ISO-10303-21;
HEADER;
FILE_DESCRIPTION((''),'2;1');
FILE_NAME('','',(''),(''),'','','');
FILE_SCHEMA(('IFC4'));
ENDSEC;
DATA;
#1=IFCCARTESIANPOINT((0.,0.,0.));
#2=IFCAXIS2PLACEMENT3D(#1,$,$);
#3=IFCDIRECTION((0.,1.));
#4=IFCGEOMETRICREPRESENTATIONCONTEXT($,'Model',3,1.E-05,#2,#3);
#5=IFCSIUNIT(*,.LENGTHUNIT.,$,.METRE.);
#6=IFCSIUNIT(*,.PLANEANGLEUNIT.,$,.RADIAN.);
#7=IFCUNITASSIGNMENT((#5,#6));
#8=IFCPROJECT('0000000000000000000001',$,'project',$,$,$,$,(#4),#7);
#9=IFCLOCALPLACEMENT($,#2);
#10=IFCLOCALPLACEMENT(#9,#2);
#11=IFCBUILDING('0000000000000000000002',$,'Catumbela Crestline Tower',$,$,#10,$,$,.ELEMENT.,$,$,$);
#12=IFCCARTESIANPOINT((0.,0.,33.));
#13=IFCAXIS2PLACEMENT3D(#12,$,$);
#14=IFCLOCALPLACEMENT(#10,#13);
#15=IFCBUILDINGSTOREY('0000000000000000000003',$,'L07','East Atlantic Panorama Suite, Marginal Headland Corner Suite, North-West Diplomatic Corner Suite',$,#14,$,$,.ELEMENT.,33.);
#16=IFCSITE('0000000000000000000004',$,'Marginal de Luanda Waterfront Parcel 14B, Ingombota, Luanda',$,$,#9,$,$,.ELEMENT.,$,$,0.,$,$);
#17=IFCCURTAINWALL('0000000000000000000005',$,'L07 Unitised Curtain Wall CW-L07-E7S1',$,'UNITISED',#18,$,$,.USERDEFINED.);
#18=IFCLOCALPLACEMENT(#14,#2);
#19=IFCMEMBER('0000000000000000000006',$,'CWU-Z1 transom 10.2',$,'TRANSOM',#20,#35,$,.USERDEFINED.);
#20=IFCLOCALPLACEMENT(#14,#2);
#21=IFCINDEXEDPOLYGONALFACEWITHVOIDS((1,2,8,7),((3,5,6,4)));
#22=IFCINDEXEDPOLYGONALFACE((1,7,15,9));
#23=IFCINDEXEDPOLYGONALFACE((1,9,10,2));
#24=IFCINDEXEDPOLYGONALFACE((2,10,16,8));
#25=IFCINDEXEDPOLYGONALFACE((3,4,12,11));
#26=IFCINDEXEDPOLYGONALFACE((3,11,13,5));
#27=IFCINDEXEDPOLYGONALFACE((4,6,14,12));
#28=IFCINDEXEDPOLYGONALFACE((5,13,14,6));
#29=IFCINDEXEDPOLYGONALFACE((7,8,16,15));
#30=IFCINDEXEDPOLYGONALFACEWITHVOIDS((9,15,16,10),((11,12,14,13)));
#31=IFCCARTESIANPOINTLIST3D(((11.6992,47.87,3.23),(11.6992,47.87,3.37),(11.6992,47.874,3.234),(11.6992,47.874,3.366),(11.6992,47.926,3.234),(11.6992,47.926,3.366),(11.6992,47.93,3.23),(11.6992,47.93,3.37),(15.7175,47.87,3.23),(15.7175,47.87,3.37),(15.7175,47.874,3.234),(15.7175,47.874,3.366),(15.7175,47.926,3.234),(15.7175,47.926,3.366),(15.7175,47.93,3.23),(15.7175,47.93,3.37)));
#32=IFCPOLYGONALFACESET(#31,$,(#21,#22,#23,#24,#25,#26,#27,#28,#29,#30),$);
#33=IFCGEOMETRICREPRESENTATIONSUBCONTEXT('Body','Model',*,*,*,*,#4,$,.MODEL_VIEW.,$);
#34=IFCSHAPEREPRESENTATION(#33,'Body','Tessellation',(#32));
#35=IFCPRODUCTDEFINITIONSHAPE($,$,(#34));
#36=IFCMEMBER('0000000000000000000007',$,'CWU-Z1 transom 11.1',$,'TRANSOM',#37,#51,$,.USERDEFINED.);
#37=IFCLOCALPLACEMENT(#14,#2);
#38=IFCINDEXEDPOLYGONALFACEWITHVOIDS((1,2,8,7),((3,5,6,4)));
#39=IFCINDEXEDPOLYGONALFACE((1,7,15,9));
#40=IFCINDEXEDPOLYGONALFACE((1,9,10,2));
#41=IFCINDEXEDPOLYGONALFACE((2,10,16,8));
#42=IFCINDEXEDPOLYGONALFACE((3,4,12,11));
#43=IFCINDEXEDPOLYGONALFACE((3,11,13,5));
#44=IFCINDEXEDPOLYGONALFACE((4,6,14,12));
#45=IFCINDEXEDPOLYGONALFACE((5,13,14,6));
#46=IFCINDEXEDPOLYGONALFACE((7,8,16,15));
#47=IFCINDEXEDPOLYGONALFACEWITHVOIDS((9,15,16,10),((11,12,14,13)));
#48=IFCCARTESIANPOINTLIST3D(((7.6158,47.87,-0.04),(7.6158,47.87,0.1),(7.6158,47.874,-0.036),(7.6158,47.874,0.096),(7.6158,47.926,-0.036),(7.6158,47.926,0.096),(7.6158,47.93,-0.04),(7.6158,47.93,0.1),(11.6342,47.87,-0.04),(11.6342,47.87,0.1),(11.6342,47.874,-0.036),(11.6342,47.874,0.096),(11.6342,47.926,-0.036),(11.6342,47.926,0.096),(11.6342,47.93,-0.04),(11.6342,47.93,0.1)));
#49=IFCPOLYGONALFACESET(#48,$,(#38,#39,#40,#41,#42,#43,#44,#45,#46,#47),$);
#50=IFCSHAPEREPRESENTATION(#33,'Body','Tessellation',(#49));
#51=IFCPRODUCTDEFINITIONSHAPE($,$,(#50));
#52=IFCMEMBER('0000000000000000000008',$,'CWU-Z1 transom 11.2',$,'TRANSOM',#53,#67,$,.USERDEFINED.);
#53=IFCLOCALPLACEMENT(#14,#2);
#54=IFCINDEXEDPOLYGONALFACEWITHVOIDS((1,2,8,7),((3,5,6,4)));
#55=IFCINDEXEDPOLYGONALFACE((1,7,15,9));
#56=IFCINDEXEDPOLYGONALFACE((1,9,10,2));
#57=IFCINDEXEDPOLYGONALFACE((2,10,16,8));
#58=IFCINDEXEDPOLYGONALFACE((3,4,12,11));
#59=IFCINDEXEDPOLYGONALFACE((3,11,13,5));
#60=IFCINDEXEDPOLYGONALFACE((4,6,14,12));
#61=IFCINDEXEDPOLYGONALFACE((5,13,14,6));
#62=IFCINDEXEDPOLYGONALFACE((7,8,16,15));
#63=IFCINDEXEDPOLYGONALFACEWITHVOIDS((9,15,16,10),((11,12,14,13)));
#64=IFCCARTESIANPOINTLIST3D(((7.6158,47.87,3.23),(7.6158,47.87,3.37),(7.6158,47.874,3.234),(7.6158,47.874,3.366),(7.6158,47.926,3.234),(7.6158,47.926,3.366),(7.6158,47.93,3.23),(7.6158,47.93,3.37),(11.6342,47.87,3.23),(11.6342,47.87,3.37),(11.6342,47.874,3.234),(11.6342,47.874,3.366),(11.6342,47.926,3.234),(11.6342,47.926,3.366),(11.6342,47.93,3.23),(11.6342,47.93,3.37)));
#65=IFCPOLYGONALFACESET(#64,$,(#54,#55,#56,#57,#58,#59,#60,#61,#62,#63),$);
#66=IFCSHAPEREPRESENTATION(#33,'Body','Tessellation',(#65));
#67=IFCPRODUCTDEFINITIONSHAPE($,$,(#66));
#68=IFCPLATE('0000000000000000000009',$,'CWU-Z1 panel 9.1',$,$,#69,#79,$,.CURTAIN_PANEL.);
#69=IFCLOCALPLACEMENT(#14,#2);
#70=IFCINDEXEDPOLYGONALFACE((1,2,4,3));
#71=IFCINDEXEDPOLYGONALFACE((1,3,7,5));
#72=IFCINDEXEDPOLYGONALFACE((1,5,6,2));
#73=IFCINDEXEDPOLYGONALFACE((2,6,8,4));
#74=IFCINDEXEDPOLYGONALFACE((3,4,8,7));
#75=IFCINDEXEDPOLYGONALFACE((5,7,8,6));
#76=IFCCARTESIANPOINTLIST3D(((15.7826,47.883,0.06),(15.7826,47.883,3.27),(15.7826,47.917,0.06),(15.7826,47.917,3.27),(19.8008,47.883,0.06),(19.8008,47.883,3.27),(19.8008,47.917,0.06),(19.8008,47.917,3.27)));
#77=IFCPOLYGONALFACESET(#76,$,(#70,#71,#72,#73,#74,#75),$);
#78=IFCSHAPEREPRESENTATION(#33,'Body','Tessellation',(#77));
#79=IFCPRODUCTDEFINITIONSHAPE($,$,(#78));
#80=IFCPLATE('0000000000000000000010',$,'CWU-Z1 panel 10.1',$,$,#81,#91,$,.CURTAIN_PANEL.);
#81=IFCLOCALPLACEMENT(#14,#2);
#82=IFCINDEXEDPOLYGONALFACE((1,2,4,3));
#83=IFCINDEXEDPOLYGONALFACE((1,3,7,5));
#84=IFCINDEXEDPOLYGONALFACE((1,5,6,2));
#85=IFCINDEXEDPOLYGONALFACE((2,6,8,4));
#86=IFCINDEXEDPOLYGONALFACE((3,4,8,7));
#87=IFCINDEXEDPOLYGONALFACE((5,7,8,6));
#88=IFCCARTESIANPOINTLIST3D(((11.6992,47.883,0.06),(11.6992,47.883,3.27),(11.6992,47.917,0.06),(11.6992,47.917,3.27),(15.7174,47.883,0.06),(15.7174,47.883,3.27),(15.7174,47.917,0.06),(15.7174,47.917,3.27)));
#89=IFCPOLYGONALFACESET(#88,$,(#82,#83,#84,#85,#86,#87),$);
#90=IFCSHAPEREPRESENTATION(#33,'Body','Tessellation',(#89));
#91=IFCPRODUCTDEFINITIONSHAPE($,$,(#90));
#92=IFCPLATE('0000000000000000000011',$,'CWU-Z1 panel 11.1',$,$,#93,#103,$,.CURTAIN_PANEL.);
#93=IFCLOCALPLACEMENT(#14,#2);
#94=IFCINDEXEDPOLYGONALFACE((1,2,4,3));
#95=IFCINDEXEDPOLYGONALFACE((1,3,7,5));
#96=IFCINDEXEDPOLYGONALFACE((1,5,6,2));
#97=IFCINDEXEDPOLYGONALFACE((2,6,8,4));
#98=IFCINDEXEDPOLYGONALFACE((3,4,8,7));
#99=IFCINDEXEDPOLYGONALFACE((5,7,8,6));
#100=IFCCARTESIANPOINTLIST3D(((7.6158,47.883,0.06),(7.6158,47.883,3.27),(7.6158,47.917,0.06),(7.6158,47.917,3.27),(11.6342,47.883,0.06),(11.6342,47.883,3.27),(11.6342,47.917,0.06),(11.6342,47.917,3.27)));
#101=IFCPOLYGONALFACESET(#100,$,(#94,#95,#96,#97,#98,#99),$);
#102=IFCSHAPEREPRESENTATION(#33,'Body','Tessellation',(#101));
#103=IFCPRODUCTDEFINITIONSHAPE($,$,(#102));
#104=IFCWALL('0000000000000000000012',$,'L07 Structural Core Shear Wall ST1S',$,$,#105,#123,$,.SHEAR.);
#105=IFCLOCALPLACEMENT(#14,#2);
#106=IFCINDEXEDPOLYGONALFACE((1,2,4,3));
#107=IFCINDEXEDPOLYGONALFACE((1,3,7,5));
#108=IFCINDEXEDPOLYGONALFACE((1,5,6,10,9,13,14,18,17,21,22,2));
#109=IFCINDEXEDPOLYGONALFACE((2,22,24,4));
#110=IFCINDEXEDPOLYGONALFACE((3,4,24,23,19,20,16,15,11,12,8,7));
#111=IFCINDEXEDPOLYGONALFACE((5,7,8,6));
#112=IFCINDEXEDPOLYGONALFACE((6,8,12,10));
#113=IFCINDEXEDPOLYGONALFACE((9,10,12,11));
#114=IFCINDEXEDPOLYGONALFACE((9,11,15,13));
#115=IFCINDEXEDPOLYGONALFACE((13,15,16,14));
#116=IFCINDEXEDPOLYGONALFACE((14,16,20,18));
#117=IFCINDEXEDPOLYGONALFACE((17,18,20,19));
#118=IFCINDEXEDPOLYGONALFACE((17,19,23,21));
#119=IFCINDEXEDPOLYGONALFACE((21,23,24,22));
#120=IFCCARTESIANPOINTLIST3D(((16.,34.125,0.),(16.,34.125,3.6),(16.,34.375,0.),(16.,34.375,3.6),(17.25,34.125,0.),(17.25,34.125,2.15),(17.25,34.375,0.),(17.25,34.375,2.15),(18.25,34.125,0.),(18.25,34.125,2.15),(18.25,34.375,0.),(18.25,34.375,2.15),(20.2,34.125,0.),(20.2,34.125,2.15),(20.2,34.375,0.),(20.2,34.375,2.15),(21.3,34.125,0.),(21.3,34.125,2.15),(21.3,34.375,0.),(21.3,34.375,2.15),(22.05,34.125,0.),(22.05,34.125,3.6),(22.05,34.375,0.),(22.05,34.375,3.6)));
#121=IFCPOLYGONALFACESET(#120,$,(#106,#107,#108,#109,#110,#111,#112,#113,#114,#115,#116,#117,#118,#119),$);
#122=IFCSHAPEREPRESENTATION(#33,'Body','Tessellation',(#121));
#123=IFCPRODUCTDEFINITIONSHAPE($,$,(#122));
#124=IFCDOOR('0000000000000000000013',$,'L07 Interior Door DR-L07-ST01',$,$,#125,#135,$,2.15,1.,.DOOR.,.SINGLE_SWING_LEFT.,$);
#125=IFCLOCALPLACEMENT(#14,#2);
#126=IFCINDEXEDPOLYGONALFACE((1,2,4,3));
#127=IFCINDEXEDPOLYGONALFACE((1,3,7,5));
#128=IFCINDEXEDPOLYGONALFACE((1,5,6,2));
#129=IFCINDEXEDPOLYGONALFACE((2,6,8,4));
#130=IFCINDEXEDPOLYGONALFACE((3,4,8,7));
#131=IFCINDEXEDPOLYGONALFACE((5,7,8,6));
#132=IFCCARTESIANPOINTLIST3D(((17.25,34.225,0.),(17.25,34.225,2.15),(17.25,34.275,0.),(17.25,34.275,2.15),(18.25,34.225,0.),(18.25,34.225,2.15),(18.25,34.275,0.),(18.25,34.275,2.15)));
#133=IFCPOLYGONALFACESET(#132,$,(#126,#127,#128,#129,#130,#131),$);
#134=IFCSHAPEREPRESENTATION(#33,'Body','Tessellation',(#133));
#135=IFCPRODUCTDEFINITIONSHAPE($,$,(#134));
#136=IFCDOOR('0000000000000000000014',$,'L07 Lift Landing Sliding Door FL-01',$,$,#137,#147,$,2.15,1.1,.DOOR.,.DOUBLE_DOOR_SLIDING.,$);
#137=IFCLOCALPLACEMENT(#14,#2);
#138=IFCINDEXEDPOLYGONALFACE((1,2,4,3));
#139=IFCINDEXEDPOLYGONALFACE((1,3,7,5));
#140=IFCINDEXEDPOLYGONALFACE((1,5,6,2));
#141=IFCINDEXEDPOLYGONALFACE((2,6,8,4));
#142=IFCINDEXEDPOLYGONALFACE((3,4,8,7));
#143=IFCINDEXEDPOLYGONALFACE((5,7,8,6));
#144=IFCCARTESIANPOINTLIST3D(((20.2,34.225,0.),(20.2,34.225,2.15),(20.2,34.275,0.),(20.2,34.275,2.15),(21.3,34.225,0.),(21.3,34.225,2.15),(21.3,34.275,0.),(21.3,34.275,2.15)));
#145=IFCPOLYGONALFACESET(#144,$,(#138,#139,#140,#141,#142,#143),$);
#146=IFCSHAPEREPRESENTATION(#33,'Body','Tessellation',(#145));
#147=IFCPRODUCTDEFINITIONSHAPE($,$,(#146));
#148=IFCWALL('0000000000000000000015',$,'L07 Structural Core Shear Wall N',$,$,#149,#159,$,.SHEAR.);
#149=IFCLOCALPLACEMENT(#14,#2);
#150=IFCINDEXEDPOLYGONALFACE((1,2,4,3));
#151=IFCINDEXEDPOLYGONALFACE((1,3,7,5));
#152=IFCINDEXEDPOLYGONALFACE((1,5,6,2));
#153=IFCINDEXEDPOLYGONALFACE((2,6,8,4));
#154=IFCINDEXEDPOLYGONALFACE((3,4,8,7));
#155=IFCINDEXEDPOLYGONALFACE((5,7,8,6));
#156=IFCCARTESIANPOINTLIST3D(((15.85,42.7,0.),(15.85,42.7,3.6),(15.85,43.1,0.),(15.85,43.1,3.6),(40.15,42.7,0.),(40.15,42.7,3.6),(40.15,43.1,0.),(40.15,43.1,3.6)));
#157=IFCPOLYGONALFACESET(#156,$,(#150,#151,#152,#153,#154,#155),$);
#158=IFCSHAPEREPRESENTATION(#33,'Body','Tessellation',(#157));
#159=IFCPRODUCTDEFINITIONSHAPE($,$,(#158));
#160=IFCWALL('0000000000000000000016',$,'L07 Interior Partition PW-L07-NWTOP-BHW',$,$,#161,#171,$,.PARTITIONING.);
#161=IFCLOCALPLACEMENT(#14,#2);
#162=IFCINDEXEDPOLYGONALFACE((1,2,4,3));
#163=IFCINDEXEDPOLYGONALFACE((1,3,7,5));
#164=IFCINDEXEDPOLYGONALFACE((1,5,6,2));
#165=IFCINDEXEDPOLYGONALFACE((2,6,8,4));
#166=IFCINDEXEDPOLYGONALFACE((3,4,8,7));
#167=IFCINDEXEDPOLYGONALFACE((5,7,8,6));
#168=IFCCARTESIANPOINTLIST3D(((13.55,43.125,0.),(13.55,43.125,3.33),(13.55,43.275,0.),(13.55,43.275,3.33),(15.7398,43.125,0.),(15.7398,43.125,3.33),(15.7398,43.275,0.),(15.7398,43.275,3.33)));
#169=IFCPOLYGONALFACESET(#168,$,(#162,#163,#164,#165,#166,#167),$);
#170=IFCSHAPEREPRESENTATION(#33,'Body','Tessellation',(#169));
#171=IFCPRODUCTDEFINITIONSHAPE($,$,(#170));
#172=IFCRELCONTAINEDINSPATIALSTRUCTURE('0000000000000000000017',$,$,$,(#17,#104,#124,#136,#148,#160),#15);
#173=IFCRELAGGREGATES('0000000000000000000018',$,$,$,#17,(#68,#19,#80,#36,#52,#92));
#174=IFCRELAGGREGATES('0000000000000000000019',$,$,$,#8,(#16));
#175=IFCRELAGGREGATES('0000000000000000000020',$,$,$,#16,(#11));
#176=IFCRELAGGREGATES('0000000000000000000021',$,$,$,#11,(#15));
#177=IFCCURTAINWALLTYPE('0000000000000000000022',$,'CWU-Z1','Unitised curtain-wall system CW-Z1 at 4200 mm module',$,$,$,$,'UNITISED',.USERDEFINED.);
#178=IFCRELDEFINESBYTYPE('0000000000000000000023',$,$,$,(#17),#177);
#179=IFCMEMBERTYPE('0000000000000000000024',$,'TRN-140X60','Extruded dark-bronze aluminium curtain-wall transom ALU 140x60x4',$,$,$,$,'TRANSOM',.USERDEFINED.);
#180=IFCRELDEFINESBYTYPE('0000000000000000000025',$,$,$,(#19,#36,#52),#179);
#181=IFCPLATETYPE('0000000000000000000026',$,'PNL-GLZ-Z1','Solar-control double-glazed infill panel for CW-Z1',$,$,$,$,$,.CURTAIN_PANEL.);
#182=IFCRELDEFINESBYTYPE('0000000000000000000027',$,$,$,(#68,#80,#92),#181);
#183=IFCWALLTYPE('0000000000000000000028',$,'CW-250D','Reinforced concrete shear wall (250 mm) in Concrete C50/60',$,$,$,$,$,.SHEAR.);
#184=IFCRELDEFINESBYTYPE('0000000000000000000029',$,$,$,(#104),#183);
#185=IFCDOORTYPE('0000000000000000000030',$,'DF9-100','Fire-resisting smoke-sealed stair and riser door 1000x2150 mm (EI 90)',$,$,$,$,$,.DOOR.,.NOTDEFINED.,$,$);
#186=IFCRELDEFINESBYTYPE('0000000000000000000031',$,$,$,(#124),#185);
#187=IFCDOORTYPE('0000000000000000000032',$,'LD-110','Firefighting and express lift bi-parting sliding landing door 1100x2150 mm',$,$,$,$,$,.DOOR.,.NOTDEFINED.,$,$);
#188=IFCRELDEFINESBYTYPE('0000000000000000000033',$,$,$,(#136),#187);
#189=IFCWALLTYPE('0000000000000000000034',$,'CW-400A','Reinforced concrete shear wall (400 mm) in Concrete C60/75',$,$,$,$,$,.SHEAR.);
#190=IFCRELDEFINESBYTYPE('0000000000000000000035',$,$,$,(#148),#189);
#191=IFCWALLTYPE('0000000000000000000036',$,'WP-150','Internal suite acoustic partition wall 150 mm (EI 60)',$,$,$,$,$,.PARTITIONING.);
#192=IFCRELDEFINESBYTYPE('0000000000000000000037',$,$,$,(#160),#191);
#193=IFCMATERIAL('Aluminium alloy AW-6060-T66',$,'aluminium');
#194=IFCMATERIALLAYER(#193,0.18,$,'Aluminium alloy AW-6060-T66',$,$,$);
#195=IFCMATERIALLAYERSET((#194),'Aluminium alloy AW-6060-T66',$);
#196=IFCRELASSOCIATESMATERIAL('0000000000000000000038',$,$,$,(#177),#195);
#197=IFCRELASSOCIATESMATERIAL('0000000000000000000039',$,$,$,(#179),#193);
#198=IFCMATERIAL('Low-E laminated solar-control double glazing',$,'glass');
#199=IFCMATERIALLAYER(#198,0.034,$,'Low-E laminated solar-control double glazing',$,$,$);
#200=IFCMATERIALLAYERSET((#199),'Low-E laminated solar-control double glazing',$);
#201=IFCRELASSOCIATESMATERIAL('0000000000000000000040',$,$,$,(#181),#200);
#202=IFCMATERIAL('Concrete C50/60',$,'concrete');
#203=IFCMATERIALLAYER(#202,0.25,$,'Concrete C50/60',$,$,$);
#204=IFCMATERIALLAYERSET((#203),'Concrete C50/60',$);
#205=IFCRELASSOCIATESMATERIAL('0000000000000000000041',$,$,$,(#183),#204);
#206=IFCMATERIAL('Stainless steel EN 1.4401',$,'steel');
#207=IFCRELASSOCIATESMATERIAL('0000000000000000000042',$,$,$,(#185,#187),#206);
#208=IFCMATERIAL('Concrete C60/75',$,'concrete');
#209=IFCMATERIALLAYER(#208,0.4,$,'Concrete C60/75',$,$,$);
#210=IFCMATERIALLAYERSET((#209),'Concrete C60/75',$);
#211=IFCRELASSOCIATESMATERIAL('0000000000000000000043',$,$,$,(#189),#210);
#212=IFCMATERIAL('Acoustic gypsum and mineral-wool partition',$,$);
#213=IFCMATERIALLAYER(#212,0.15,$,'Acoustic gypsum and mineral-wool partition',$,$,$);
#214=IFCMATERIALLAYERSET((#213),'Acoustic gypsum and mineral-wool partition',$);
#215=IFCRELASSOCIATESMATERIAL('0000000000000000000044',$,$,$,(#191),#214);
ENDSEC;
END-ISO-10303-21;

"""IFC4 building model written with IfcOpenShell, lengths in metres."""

from ifc_helpers import new_model, si_unit, direction, frame, frame_2d, origin, origin_2d, place, context, subcontext, project, spatial, rectangle, hollow_rectangle, extrude, material, layer, layer_set, material_profile, profile_set, type_object, element, fill, aggregate, save


model = new_model("IFC4")

# Units and contexts
model_context = context("Model", 3, precision=1e-05, world=origin(), true_north=direction((0.0, 1.0)))
body_context = subcontext(model_context, "Body", "Model", "MODEL_VIEW")
ifc_project = project(units=[si_unit("LENGTHUNIT", "METRE"), si_unit("PLANEANGLEUNIT", "RADIAN")], contexts=[model_context])

# Site, building, storey
site_placement = place(None, origin())
site = spatial("IfcSite", under=ifc_project, at=site_placement, Name="Marginal de Luanda Waterfront Parcel 14B, Ingombota, Luanda", CompositionType="ELEMENT", RefElevation=0.0)
building_placement = place(site_placement, origin())
building = spatial("IfcBuilding", under=site, at=building_placement, Name="Catumbela Crestline Tower", CompositionType="ELEMENT")
storey_placement = place(building_placement, frame((0.0, 0.0, 33.0)))
storey = spatial("IfcBuildingStorey", under=building, at=storey_placement, Name="L07", Description="East Atlantic Panorama Suite, Marginal Headland Corner Suite, North-West Diplomatic Corner Suite", CompositionType="ELEMENT", Elevation=33.0)

# Shared definitions
ifc_material_1 = material(Name="Concrete C60/75", Category="concrete")

# Curtain wall
ifc_material_2 = material(Name="Aluminium alloy AW-6060-T66", Category="aluminium")
ifc_layer_1 = layer(ifc_material_2, 0.18, Name="Aluminium alloy AW-6060-T66")
ifc_layer_set_1 = layer_set([ifc_layer_1], Name="Aluminium alloy AW-6060-T66")
curtain_wall_type = type_object("IfcCurtainWallType", Name="CWU-Z1", Description="Unitised curtain-wall system CW-Z1 at 4200 mm module", ElementType="UNITISED", PredefinedType="USERDEFINED", material=ifc_layer_set_1)
curtain_wall_placement = place(storey_placement, origin())
curtain_wall = element("IfcCurtainWall", 1, at=curtain_wall_placement, inside=storey, type_object=curtain_wall_type, Name="L07 Unitised Curtain Wall CW-L07-E7S1", ObjectType="UNITISED", PredefinedType="USERDEFINED")

# Members
ifc_material_profile_1 = material_profile(ifc_material_2, hollow_rectangle(XDim=0.06, YDim=0.14, WallThickness=0.004, at=origin_2d()), Name="ALU 140x60x4")
ifc_profile_set_1 = profile_set([ifc_material_profile_1], Name="Aluminium alloy AW-6060-T66")
member_type_1 = type_object("IfcMemberType", Name="TRN-140X60", Description="Extruded dark-bronze aluminium curtain-wall transom ALU 140x60x4", ElementType="TRANSOM", PredefinedType="USERDEFINED", material=ifc_profile_set_1)
member_1_placement = place(storey_placement, frame((15.7175, 47.9, 3.3), z_axis=(-1.0, 0.0, 0.0), x_axis=(0.0, -1.0, 0.0)))
member_1 = element("IfcMember", 2, at=member_1_placement, type_object=member_type_1, Name="CWU-Z1 transom 10.2", ObjectType="TRANSOM", PredefinedType="USERDEFINED", context=body_context, shape_type="SweptSolid", body=[
    extrude(hollow_rectangle(XDim=0.06, YDim=0.14, WallThickness=0.004, at=origin_2d()), origin(), (0.0, 0.0, 1.0), 4.0183),
])
member_2_placement = place(storey_placement, frame((11.6342, 47.9, 0.03), z_axis=(-1.0, 0.0, 0.0), x_axis=(0.0, -1.0, 0.0)))
member_2 = element("IfcMember", 3, at=member_2_placement, type_object=member_type_1, Name="CWU-Z1 transom 11.1", ObjectType="TRANSOM", PredefinedType="USERDEFINED", context=body_context, shape_type="SweptSolid", body=[
    extrude(hollow_rectangle(XDim=0.06, YDim=0.14, WallThickness=0.004, at=origin_2d()), origin(), (0.0, 0.0, 1.0), 4.0184),
])
member_3_placement = place(storey_placement, frame((11.6342, 47.9, 3.3), z_axis=(-1.0, 0.0, 0.0), x_axis=(0.0, -1.0, 0.0)))
member_3 = element("IfcMember", 4, at=member_3_placement, type_object=member_type_1, Name="CWU-Z1 transom 11.2", ObjectType="TRANSOM", PredefinedType="USERDEFINED", context=body_context, shape_type="SweptSolid", body=[
    extrude(hollow_rectangle(XDim=0.06, YDim=0.14, WallThickness=0.004, at=origin_2d()), origin(), (0.0, 0.0, 1.0), 4.0184),
])

# Plates
ifc_material_3 = material(Name="Low-E laminated solar-control double glazing", Category="glass")
ifc_layer_2 = layer(ifc_material_3, 0.034, Name="Low-E laminated solar-control double glazing")
ifc_layer_set_2 = layer_set([ifc_layer_2], Name="Low-E laminated solar-control double glazing")
plate_type = type_object("IfcPlateType", Name="PNL-GLZ-Z1", Description="Solar-control double-glazed infill panel for CW-Z1", PredefinedType="CURTAIN_PANEL", material=ifc_layer_set_2)
plate_1_placement = place(storey_placement, frame((17.7917, 47.9, 0.06), z_axis=(0.0, 0.0, 1.0), x_axis=(-1.0, 0.0, 0.0)))
plate_1 = element("IfcPlate", 5, at=plate_1_placement, type_object=plate_type, Name="CWU-Z1 panel 9.1", PredefinedType="CURTAIN_PANEL", context=body_context, shape_type="SweptSolid", body=[
    extrude(rectangle(XDim=4.0183, YDim=0.034, at=origin_2d()), origin(), (0.0, 0.0, 1.0), 3.21),
])
plate_2_placement = place(storey_placement, frame((13.7083, 47.9, 0.06), z_axis=(0.0, 0.0, 1.0), x_axis=(-1.0, 0.0, 0.0)))
plate_2 = element("IfcPlate", 6, at=plate_2_placement, type_object=plate_type, Name="CWU-Z1 panel 10.1", PredefinedType="CURTAIN_PANEL", context=body_context, shape_type="SweptSolid", body=[
    extrude(rectangle(XDim=4.0183, YDim=0.034, at=origin_2d()), origin(), (0.0, 0.0, 1.0), 3.21),
])
plate_3_placement = place(storey_placement, frame((9.625, 47.9, 0.06), z_axis=(0.0, 0.0, 1.0), x_axis=(-1.0, 0.0, 0.0)))
plate_3 = element("IfcPlate", 7, at=plate_3_placement, type_object=plate_type, Name="CWU-Z1 panel 11.1", PredefinedType="CURTAIN_PANEL", context=body_context, shape_type="SweptSolid", body=[
    extrude(rectangle(XDim=4.0183, YDim=0.034, at=origin_2d()), origin(), (0.0, 0.0, 1.0), 3.21),
])
aggregate(curtain_wall, [plate_1, member_1, plate_2, member_2, member_3, plate_3])

# Wall, openings, doors
ifc_material_4 = material(Name="Concrete C50/60", Category="concrete")
ifc_layer_3 = layer(ifc_material_4, 0.25, Name="Concrete C50/60")
ifc_layer_set_3 = layer_set([ifc_layer_3], Name="Concrete C50/60")
wall_type_1 = type_object("IfcWallType", Name="CW-250D", Description="Reinforced concrete shear wall (250 mm) in Concrete C50/60", PredefinedType="SHEAR", material=ifc_layer_set_3)
wall_1_placement = place(storey_placement, frame((16.0, 34.25, 0.0), z_axis=(0.0, 0.0, 1.0), x_axis=(1.0, 0.0, 0.0)))
wall_1 = element("IfcWall", 8, at=wall_1_placement, inside=storey, type_object=wall_type_1, Name="L07 Structural Core Shear Wall ST1S", PredefinedType="SHEAR", context=body_context, shape_type="SweptSolid", body=[
    extrude(rectangle(XDim=6.05, YDim=0.25, at=frame_2d((3.025, 0.0))), origin(), (0.0, 0.0, 1.0), 3.6),
])
opening_1_placement = place(wall_1_placement, frame((1.25, 0.0, 0.0)))
opening_1 = element("IfcOpeningElement", 9, at=opening_1_placement, cuts=wall_1, PredefinedType="OPENING", context=body_context, shape_type="SweptSolid", body=[
    extrude(rectangle(XDim=1.0, YDim=2.15, at=frame_2d((0.5, 1.075))), frame((0.0, 0.135, 0.0), z_axis=(0.0, -1.0, 0.0), x_axis=(1.0, 0.0, 0.0)), (0.0, 0.0, 1.0), 0.27),
])
opening_2_placement = place(wall_1_placement, frame((4.2, 0.0, 0.0)))
opening_2 = element("IfcOpeningElement", 10, at=opening_2_placement, cuts=wall_1, PredefinedType="OPENING", context=body_context, shape_type="SweptSolid", body=[
    extrude(rectangle(XDim=1.1, YDim=2.15, at=frame_2d((0.55, 1.075))), frame((0.0, 0.135, 0.0), z_axis=(0.0, -1.0, 0.0), x_axis=(1.0, 0.0, 0.0)), (0.0, 0.0, 1.0), 0.27),
])
ifc_material_5 = material(Name="Stainless steel EN 1.4401", Category="steel")
door_type_1 = type_object("IfcDoorType", Name="DF9-100", Description="Fire-resisting smoke-sealed stair and riser door 1000x2150 mm (EI 90)", OperationType="NOTDEFINED", PredefinedType="DOOR", material=ifc_material_5)
door_1_placement = place(opening_1_placement, origin())
door_1 = element("IfcDoor", 11, at=door_1_placement, inside=storey, type_object=door_type_1, Name="L07 Interior Door DR-L07-ST01", OperationType="SINGLE_SWING_LEFT", OverallHeight=2.15, OverallWidth=1.0, PredefinedType="DOOR", context=body_context, shape_type="SweptSolid", body=[
    extrude(rectangle(XDim=1.0, YDim=2.15, at=frame_2d((0.5, 1.075))), frame((0.0, 0.025, 0.0), z_axis=(0.0, -1.0, 0.0), x_axis=(1.0, 0.0, 0.0)), (0.0, 0.0, 1.0), 0.05),
])
fill(opening_1, door_1)
door_type_2 = type_object("IfcDoorType", Name="LD-110", Description="Firefighting and express lift bi-parting sliding landing door 1100x2150 mm", OperationType="NOTDEFINED", PredefinedType="DOOR", material=ifc_material_5)
door_2_placement = place(opening_2_placement, origin())
door_2 = element("IfcDoor", 12, at=door_2_placement, inside=storey, type_object=door_type_2, Name="L07 Lift Landing Sliding Door FL-01", OperationType="DOUBLE_DOOR_SLIDING", OverallHeight=2.15, OverallWidth=1.1, PredefinedType="DOOR", context=body_context, shape_type="SweptSolid", body=[
    extrude(rectangle(XDim=1.1, YDim=2.15, at=frame_2d((0.55, 1.075))), frame((0.0, 0.025, 0.0), z_axis=(0.0, -1.0, 0.0), x_axis=(1.0, 0.0, 0.0)), (0.0, 0.0, 1.0), 0.05),
])
fill(opening_2, door_2)

# Walls
ifc_layer_4 = layer(ifc_material_1, 0.4, Name="Concrete C60/75")
ifc_layer_set_4 = layer_set([ifc_layer_4], Name="Concrete C60/75")
wall_type_2 = type_object("IfcWallType", Name="CW-400A", Description="Reinforced concrete shear wall (400 mm) in Concrete C60/75", PredefinedType="SHEAR", material=ifc_layer_set_4)
wall_2_placement = place(storey_placement, frame((15.85, 42.9, 0.0), z_axis=(0.0, 0.0, 1.0), x_axis=(1.0, 0.0, 0.0)))
element("IfcWall", 13, at=wall_2_placement, inside=storey, type_object=wall_type_2, Name="L07 Structural Core Shear Wall N", PredefinedType="SHEAR", context=body_context, shape_type="SweptSolid", body=[
    extrude(rectangle(XDim=24.3, YDim=0.4, at=frame_2d((12.15, 0.0))), origin(), (0.0, 0.0, 1.0), 3.6),
])
ifc_material_6 = material(Name="Acoustic gypsum and mineral-wool partition")
ifc_layer_5 = layer(ifc_material_6, 0.15, Name="Acoustic gypsum and mineral-wool partition")
ifc_layer_set_5 = layer_set([ifc_layer_5], Name="Acoustic gypsum and mineral-wool partition")
wall_type_3 = type_object("IfcWallType", Name="WP-150", Description="Internal suite acoustic partition wall 150 mm (EI 60)", PredefinedType="PARTITIONING", material=ifc_layer_set_5)
wall_3_placement = place(storey_placement, frame((13.55, 43.2, 0.0), z_axis=(0.0, 0.0, 1.0), x_axis=(1.0, 0.0, 0.0)))
element("IfcWall", 14, at=wall_3_placement, inside=storey, type_object=wall_type_3, Name="L07 Interior Partition PW-L07-NWTOP-BHW", PredefinedType="PARTITIONING", context=body_context, shape_type="SweptSolid", body=[
    extrude(rectangle(XDim=2.1897, YDim=0.15, at=frame_2d((1.0949, 0.0))), origin(), (0.0, 0.0, 1.0), 3.33),
])

save(model, "model.ifc")
